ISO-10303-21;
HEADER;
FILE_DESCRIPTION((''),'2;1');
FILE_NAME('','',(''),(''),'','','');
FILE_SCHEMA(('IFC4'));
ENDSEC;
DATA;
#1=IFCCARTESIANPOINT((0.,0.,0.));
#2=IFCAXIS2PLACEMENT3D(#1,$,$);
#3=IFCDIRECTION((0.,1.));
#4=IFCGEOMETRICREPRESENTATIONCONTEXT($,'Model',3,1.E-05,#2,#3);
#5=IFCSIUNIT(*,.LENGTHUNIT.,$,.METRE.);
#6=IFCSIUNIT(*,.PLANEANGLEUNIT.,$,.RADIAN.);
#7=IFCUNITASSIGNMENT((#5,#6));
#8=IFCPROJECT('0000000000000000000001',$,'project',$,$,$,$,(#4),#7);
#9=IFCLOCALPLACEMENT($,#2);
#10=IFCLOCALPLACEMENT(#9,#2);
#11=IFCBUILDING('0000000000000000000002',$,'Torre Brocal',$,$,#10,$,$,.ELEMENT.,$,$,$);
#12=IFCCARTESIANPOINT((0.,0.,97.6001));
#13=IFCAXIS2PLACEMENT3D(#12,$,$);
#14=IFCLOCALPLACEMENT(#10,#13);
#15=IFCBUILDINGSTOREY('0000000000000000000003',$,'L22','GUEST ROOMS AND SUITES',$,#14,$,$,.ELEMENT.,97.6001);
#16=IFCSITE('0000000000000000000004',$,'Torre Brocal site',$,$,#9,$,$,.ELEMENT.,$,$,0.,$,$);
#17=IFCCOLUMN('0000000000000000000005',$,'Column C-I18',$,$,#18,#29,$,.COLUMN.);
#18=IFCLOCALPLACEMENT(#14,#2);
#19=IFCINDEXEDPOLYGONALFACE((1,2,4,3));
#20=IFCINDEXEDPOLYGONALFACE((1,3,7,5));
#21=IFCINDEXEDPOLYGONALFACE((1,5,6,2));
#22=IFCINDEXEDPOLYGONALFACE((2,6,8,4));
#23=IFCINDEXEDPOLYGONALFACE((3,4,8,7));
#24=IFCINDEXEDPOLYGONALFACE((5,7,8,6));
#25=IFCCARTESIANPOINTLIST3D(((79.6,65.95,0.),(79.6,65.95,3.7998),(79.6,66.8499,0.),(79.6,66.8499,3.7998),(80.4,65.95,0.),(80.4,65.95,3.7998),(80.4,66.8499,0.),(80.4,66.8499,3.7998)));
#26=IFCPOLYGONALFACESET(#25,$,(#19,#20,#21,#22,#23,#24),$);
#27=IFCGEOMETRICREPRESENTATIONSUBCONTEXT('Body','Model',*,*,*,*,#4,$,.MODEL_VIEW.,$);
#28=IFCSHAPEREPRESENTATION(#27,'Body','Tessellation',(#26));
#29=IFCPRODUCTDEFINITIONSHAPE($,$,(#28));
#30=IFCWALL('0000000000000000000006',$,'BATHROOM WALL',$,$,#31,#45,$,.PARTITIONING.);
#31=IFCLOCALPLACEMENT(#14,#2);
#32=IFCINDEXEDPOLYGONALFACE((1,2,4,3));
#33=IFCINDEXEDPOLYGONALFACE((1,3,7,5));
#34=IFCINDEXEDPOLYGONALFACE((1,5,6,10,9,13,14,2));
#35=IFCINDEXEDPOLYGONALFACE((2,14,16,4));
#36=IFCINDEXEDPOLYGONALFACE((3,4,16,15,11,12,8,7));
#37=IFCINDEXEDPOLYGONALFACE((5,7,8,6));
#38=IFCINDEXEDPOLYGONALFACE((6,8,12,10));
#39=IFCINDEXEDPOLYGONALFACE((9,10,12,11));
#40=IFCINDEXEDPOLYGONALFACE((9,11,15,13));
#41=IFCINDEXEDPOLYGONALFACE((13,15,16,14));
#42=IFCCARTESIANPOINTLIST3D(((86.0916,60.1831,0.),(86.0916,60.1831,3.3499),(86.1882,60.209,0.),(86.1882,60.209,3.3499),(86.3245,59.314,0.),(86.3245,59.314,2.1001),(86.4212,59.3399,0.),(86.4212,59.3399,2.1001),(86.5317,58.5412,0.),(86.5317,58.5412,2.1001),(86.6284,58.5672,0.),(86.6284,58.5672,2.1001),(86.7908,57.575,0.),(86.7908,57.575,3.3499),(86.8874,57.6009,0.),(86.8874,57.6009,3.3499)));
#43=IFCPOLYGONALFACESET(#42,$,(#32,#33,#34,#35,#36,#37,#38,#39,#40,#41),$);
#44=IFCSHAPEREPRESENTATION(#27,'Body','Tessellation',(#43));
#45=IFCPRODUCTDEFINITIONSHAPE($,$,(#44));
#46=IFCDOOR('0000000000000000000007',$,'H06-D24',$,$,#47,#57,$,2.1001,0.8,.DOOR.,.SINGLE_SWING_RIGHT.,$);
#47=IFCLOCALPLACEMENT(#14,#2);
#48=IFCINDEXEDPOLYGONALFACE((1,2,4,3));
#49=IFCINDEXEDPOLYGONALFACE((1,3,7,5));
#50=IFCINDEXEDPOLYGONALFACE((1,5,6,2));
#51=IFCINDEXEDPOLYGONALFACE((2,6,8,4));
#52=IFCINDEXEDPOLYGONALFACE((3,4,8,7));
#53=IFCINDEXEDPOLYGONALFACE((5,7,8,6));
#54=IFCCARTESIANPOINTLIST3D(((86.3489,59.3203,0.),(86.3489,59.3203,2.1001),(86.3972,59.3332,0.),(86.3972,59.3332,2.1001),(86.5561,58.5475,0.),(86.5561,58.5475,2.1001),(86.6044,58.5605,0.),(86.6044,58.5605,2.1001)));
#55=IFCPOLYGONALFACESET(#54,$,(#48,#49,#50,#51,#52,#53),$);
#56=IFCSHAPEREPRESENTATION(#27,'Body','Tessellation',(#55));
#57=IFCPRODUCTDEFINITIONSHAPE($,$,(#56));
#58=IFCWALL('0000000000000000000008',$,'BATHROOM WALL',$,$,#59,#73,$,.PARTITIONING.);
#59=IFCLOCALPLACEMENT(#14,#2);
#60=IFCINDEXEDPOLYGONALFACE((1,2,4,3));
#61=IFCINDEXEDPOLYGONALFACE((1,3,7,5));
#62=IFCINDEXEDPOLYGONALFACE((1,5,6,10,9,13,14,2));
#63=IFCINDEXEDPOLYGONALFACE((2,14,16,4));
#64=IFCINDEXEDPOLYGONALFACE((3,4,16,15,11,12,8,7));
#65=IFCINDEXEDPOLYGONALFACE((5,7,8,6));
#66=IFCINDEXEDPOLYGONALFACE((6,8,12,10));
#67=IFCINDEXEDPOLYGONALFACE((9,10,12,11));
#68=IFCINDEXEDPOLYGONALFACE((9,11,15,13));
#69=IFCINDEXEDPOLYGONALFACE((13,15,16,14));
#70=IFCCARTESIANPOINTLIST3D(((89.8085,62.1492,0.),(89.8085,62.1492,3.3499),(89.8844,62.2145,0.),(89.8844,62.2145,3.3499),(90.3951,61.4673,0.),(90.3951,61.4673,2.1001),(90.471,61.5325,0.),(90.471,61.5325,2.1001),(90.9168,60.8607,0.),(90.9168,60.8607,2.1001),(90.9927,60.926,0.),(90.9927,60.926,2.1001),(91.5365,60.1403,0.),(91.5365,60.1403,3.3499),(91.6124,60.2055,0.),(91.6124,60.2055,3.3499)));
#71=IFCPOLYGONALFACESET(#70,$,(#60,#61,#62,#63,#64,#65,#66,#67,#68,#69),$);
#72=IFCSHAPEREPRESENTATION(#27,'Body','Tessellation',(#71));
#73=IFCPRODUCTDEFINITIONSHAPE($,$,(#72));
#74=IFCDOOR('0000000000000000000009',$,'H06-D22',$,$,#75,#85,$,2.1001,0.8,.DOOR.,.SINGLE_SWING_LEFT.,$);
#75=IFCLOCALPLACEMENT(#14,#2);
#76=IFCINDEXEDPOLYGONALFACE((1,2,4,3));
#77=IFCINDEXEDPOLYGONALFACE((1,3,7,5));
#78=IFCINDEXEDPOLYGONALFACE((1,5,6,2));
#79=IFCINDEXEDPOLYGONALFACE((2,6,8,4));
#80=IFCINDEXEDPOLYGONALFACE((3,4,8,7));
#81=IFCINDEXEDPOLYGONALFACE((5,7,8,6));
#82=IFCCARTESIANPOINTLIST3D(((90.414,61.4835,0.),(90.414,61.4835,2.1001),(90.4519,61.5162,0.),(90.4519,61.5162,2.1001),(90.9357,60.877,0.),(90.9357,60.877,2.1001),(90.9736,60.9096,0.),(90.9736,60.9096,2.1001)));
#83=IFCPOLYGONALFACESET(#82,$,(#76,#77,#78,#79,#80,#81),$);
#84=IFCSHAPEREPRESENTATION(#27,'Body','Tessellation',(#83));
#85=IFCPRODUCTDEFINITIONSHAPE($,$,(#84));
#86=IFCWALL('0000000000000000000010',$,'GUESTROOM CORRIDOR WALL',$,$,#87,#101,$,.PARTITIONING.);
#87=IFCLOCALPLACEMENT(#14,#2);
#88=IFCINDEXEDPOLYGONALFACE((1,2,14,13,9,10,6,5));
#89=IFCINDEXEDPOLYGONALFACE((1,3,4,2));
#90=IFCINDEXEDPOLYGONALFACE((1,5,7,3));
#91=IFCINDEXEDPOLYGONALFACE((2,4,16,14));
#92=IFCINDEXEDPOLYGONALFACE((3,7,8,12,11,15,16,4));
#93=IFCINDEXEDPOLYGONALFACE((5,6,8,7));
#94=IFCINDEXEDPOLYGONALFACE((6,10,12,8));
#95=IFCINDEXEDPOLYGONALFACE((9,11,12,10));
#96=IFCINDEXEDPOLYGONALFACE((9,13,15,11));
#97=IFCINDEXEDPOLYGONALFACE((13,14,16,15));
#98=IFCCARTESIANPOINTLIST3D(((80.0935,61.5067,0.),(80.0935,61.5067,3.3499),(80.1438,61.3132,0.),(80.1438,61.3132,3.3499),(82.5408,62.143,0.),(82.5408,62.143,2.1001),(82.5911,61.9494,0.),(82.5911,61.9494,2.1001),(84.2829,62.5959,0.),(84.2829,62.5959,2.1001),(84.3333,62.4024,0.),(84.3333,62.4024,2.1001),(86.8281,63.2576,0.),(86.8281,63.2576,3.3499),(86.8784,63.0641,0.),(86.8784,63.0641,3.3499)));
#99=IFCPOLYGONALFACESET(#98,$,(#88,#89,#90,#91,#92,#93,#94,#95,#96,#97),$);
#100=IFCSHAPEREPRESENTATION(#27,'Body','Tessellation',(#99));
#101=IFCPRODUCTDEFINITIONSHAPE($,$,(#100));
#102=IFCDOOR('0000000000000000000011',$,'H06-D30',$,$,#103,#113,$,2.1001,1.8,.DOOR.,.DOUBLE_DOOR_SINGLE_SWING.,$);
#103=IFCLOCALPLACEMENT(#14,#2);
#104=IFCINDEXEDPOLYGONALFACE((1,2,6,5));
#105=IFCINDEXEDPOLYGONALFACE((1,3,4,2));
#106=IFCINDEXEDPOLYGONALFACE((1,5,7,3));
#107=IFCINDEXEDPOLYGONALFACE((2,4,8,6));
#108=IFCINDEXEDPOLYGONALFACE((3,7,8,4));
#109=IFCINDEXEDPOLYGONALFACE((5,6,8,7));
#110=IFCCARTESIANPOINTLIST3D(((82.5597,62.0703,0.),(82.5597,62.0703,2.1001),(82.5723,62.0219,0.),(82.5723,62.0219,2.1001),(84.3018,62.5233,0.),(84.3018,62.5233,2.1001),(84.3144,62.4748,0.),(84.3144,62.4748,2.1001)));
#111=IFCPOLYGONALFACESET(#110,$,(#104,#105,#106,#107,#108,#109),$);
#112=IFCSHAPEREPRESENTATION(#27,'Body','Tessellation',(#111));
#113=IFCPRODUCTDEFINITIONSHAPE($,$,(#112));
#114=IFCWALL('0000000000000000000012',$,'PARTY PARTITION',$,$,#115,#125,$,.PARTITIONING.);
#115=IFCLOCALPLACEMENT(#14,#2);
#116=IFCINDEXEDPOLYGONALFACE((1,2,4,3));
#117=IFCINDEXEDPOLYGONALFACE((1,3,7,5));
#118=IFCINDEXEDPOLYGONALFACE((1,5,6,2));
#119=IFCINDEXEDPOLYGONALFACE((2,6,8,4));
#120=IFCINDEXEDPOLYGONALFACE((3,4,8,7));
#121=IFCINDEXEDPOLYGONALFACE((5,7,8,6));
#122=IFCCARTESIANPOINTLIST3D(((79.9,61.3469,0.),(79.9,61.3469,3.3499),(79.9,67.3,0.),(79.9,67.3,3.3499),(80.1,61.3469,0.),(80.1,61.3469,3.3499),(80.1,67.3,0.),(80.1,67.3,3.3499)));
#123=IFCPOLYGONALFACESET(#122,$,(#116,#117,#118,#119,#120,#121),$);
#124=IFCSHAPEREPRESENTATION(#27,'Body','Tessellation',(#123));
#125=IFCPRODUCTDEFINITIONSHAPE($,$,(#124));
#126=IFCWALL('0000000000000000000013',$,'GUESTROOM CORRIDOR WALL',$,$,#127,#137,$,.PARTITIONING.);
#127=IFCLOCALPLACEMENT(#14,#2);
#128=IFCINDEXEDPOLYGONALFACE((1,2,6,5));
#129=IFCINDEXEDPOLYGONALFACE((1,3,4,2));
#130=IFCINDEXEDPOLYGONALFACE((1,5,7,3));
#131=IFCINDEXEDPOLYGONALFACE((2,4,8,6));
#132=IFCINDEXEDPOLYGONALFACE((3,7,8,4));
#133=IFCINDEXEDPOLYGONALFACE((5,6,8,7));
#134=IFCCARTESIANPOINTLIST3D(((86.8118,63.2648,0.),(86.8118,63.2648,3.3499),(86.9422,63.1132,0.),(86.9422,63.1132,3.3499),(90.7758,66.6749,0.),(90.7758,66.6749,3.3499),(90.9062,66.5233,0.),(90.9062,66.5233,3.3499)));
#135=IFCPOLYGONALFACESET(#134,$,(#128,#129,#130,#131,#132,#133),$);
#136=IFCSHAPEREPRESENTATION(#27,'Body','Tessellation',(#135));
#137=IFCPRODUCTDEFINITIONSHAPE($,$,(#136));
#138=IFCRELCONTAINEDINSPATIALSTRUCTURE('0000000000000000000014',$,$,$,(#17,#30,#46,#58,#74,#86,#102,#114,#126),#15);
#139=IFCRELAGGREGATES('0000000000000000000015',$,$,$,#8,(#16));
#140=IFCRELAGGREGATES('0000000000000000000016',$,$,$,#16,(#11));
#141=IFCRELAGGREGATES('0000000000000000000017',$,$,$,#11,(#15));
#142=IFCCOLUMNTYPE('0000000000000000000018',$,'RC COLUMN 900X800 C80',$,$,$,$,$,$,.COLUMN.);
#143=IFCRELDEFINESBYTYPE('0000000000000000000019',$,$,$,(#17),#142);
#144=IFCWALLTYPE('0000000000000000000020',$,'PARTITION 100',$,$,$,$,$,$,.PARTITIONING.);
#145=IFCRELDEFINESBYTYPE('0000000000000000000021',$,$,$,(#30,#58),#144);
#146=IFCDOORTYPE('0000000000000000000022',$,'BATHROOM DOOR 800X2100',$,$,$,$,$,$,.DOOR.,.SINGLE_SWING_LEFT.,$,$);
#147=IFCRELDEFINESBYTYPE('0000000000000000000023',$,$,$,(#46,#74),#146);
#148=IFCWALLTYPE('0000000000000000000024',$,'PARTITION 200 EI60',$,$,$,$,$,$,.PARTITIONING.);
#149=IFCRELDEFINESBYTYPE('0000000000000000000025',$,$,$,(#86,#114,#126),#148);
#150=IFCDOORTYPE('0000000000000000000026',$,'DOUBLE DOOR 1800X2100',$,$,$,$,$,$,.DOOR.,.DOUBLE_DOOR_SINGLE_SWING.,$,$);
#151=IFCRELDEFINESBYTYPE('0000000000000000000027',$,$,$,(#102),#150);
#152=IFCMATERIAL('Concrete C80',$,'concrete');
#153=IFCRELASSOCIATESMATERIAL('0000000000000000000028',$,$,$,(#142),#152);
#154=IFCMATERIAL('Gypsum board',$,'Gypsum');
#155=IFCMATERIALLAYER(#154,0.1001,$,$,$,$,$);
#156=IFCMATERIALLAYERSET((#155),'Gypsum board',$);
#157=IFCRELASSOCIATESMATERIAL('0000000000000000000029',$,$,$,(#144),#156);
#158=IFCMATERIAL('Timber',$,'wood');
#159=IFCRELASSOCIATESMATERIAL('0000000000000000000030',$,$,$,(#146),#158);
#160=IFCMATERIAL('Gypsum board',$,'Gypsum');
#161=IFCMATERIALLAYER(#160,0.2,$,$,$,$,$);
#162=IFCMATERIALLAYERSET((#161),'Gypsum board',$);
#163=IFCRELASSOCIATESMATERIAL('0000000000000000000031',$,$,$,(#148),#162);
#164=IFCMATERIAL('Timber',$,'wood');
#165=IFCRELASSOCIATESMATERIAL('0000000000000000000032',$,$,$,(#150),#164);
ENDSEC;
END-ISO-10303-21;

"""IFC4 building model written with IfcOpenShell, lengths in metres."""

from ifc_helpers import new_model, si_unit, direction, frame, frame_2d, origin, origin_2d, place, context, subcontext, project, spatial, rectangle, extrude, material, layer, layer_set, material_profile, profile_set, type_object, element, fill, save


model = new_model("IFC4")

# Units and contexts
model_context = context("Model", 3, precision=1e-05, world=origin(), true_north=direction((0.0, 1.0)))
body_context = subcontext(model_context, "Body", "Model", "MODEL_VIEW")
ifc_project = project(units=[si_unit("LENGTHUNIT", "METRE"), si_unit("PLANEANGLEUNIT", "RADIAN")], contexts=[model_context])

# Site, building, storey
site_placement = place(None, origin())
site = spatial("IfcSite", under=ifc_project, at=site_placement, Name="Torre Brocal site", CompositionType="ELEMENT", RefElevation=0.0)
building_placement = place(site_placement, origin())
building = spatial("IfcBuilding", under=site, at=building_placement, Name="Torre Brocal", CompositionType="ELEMENT")
storey_placement = place(building_placement, frame((0.0, 0.0, 97.6001)))
storey = spatial("IfcBuildingStorey", under=building, at=storey_placement, Name="L22", Description="GUEST ROOMS AND SUITES", CompositionType="ELEMENT", Elevation=97.6001)

# Column
ifc_material_1 = material(Name="Concrete C80", Category="concrete")
ifc_material_profile = material_profile(ifc_material_1, rectangle(XDim=0.8999, YDim=0.8, at=origin_2d()), Name="RC 900X800")
ifc_profile_set = profile_set([ifc_material_profile], Name="Concrete C80")
column_type = type_object("IfcColumnType", Name="RC COLUMN 900X800 C80", PredefinedType="COLUMN", material=ifc_profile_set)
column_placement = place(storey_placement, frame((80.0, 66.3999, 0.0), z_axis=(0.0, 0.0, 1.0), x_axis=(0.0, -1.0, 0.0)))
element("IfcColumn", 1, at=column_placement, inside=storey, type_object=column_type, Name="Column C-I18", PredefinedType="COLUMN", context=body_context, shape_type="SweptSolid", body=[
    extrude(rectangle(XDim=0.8999, YDim=0.8, at=origin_2d()), origin(), (0.0, 0.0, 1.0), 3.7998),
])

# Walls, openings, doors
ifc_material_2 = material(Name="Gypsum board", Category="Gypsum")
ifc_layer_1 = layer(ifc_material_2, 0.1001)
ifc_layer_set_1 = layer_set([ifc_layer_1], Name="Gypsum board")
wall_type_1 = type_object("IfcWallType", Name="PARTITION 100", PredefinedType="PARTITIONING", material=ifc_layer_set_1)
wall_1_placement = place(storey_placement, frame((86.1399, 60.196, 0.0), z_axis=(0.0, 0.0, 1.0), x_axis=(0.258945, -0.965892, 0.0)))
wall_1 = element("IfcWall", 2, at=wall_1_placement, inside=storey, type_object=wall_type_1, Name="BATHROOM WALL", PredefinedType="PARTITIONING", context=body_context, shape_type="SweptSolid", body=[
    extrude(rectangle(XDim=2.7002, YDim=0.1001, at=frame_2d((1.3501, 0.0))), origin(), (0.0, 0.0, 1.0), 3.3499),
])
opening_1_placement = place(wall_1_placement, frame((0.8999, 0.0, 0.0)))
opening_1 = element("IfcOpeningElement", 3, at=opening_1_placement, cuts=wall_1, PredefinedType="OPENING", context=body_context, shape_type="SweptSolid", body=[
    extrude(rectangle(XDim=0.8, YDim=2.1001, at=frame_2d((0.3999, 1.05))), frame((0.0, 0.0601, 0.0), z_axis=(0.0, -1.0, 0.0), x_axis=(1.0, 0.0, 0.0)), (0.0, 0.0, 1.0), 0.1201),
])
ifc_material_3 = material(Name="Timber", Category="wood")
door_type_1 = type_object("IfcDoorType", Name="BATHROOM DOOR 800X2100", OperationType="SINGLE_SWING_LEFT", PredefinedType="DOOR", material=ifc_material_3)
door_1_placement = place(opening_1_placement, frame((0.8, 0.0, 0.0), z_axis=(0.0, 0.0, 1.0), x_axis=(-1.0, 0.0, 0.0)))
door_1 = element("IfcDoor", 4, at=door_1_placement, inside=storey, type_object=door_type_1, Name="H06-D24", OperationType="SINGLE_SWING_RIGHT", OverallHeight=2.1001, OverallWidth=0.8, PredefinedType="DOOR", context=body_context, shape_type="SweptSolid", body=[
    extrude(rectangle(XDim=0.8, YDim=2.1001, at=frame_2d((0.3999, 1.05))), frame((0.0, 0.0249, 0.0), z_axis=(0.0, -1.0, 0.0), x_axis=(1.0, 0.0, 0.0)), (0.0, 0.0, 1.0), 0.05),
])
fill(opening_1, door_1)
wall_2_placement = place(storey_placement, frame((89.8464, 62.1819, 0.0), z_axis=(0.0, 0.0, 1.0), x_axis=(0.652095, -0.758137, 0.0)))
wall_2 = element("IfcWall", 5, at=wall_2_placement, inside=storey, type_object=wall_type_1, Name="BATHROOM WALL", PredefinedType="PARTITIONING", context=body_context, shape_type="SweptSolid", body=[
    extrude(rectangle(XDim=2.6499, YDim=0.1001, at=frame_2d((1.325, 0.0))), origin(), (0.0, 0.0, 1.0), 3.3499),
])
opening_2_placement = place(wall_2_placement, frame((0.8997, 0.0, 0.0)))
opening_2 = element("IfcOpeningElement", 6, at=opening_2_placement, cuts=wall_2, PredefinedType="OPENING", context=body_context, shape_type="SweptSolid", body=[
    extrude(rectangle(XDim=0.8, YDim=2.1001, at=frame_2d((0.3999, 1.05))), frame((0.0, 0.0601, 0.0), z_axis=(0.0, -1.0, 0.0), x_axis=(1.0, 0.0, 0.0)), (0.0, 0.0, 1.0), 0.1201),
])
door_2_placement = place(opening_2_placement, origin())
door_2 = element("IfcDoor", 7, at=door_2_placement, inside=storey, type_object=door_type_1, Name="H06-D22", OperationType="SINGLE_SWING_LEFT", OverallHeight=2.1001, OverallWidth=0.8, PredefinedType="DOOR", context=body_context, shape_type="SweptSolid", body=[
    extrude(rectangle(XDim=0.8, YDim=2.1001, at=frame_2d((0.3999, 1.05))), frame((0.0, 0.0249, 0.0), z_axis=(0.0, -1.0, 0.0), x_axis=(1.0, 0.0, 0.0)), (0.0, 0.0, 1.0), 0.05),
])
fill(opening_2, door_2)
ifc_material_4 = material(Name="Gypsum board", Category="Gypsum")
ifc_layer_2 = layer(ifc_material_4, 0.2)
ifc_layer_set_2 = layer_set([ifc_layer_2], Name="Gypsum board")
wall_type_2 = type_object("IfcWallType", Name="PARTITION 200 EI60", PredefinedType="PARTITIONING", material=ifc_layer_set_2)
wall_3_placement = place(storey_placement, frame((80.1187, 61.4099, 0.0), z_axis=(0.0, 0.0, 1.0), x_axis=(0.967823, 0.251631, 0.0)))
wall_3 = element("IfcWall", 8, at=wall_3_placement, inside=storey, type_object=wall_type_2, Name="GUESTROOM CORRIDOR WALL", PredefinedType="PARTITIONING", context=body_context, shape_type="SweptSolid", body=[
    extrude(rectangle(XDim=6.9585, YDim=0.2, at=frame_2d((3.4792, 0.0))), origin(), (0.0, 0.0, 1.0), 3.3499),
])
opening_3_placement = place(wall_3_placement, frame((2.5288, 0.0, 0.0)))
opening_3 = element("IfcOpeningElement", 9, at=opening_3_placement, cuts=wall_3, PredefinedType="OPENING", context=body_context, shape_type="SweptSolid", body=[
    extrude(rectangle(XDim=1.8, YDim=2.1001, at=frame_2d((0.8999, 1.05))), frame((0.0, 0.1099, 0.0), z_axis=(0.0, -1.0, 0.0), x_axis=(1.0, 0.0, 0.0)), (0.0, 0.0, 1.0), 0.22),
])
ifc_material_5 = material(Name="Timber", Category="wood")
door_type_2 = type_object("IfcDoorType", Name="DOUBLE DOOR 1800X2100", OperationType="DOUBLE_DOOR_SINGLE_SWING", PredefinedType="DOOR", material=ifc_material_5)
door_3_placement = place(opening_3_placement, origin())
door_3 = element("IfcDoor", 10, at=door_3_placement, inside=storey, type_object=door_type_2, Name="H06-D30", OperationType="DOUBLE_DOOR_SINGLE_SWING", OverallHeight=2.1001, OverallWidth=1.8, PredefinedType="DOOR", context=body_context, shape_type="SweptSolid", body=[
    extrude(rectangle(XDim=1.8, YDim=2.1001, at=frame_2d((0.8999, 1.05))), frame((0.0, 0.0249, 0.0), z_axis=(0.0, -1.0, 0.0), x_axis=(1.0, 0.0, 0.0)), (0.0, 0.0, 1.0), 0.05),
])
fill(opening_3, door_3)

# Walls
wall_4_placement = place(storey_placement, frame((80.0, 61.3469, 0.0), z_axis=(0.0, 0.0, 1.0), x_axis=(0.0, 1.0, 0.0)))
element("IfcWall", 11, at=wall_4_placement, inside=storey, type_object=wall_type_2, Name="PARTY PARTITION", PredefinedType="PARTITIONING", context=body_context, shape_type="SweptSolid", body=[
    extrude(rectangle(XDim=5.9531, YDim=0.2, at=frame_2d((2.9766, 0.0))), origin(), (0.0, 0.0, 1.0), 3.3499),
])
wall_5_placement = place(storey_placement, frame((86.877, 63.189, 0.0), z_axis=(0.0, 0.0, 1.0), x_axis=(0.758089, 0.652151, 0.0)))
element("IfcWall", 12, at=wall_5_placement, inside=storey, type_object=wall_type_2, Name="GUESTROOM CORRIDOR WALL", PredefinedType="PARTITIONING", context=body_context, shape_type="SweptSolid", body=[
    extrude(rectangle(XDim=5.229, YDim=0.2, at=frame_2d((2.6145, 0.0))), origin(), (0.0, 0.0, 1.0), 3.3499),
])

save(model, "model.ifc")
